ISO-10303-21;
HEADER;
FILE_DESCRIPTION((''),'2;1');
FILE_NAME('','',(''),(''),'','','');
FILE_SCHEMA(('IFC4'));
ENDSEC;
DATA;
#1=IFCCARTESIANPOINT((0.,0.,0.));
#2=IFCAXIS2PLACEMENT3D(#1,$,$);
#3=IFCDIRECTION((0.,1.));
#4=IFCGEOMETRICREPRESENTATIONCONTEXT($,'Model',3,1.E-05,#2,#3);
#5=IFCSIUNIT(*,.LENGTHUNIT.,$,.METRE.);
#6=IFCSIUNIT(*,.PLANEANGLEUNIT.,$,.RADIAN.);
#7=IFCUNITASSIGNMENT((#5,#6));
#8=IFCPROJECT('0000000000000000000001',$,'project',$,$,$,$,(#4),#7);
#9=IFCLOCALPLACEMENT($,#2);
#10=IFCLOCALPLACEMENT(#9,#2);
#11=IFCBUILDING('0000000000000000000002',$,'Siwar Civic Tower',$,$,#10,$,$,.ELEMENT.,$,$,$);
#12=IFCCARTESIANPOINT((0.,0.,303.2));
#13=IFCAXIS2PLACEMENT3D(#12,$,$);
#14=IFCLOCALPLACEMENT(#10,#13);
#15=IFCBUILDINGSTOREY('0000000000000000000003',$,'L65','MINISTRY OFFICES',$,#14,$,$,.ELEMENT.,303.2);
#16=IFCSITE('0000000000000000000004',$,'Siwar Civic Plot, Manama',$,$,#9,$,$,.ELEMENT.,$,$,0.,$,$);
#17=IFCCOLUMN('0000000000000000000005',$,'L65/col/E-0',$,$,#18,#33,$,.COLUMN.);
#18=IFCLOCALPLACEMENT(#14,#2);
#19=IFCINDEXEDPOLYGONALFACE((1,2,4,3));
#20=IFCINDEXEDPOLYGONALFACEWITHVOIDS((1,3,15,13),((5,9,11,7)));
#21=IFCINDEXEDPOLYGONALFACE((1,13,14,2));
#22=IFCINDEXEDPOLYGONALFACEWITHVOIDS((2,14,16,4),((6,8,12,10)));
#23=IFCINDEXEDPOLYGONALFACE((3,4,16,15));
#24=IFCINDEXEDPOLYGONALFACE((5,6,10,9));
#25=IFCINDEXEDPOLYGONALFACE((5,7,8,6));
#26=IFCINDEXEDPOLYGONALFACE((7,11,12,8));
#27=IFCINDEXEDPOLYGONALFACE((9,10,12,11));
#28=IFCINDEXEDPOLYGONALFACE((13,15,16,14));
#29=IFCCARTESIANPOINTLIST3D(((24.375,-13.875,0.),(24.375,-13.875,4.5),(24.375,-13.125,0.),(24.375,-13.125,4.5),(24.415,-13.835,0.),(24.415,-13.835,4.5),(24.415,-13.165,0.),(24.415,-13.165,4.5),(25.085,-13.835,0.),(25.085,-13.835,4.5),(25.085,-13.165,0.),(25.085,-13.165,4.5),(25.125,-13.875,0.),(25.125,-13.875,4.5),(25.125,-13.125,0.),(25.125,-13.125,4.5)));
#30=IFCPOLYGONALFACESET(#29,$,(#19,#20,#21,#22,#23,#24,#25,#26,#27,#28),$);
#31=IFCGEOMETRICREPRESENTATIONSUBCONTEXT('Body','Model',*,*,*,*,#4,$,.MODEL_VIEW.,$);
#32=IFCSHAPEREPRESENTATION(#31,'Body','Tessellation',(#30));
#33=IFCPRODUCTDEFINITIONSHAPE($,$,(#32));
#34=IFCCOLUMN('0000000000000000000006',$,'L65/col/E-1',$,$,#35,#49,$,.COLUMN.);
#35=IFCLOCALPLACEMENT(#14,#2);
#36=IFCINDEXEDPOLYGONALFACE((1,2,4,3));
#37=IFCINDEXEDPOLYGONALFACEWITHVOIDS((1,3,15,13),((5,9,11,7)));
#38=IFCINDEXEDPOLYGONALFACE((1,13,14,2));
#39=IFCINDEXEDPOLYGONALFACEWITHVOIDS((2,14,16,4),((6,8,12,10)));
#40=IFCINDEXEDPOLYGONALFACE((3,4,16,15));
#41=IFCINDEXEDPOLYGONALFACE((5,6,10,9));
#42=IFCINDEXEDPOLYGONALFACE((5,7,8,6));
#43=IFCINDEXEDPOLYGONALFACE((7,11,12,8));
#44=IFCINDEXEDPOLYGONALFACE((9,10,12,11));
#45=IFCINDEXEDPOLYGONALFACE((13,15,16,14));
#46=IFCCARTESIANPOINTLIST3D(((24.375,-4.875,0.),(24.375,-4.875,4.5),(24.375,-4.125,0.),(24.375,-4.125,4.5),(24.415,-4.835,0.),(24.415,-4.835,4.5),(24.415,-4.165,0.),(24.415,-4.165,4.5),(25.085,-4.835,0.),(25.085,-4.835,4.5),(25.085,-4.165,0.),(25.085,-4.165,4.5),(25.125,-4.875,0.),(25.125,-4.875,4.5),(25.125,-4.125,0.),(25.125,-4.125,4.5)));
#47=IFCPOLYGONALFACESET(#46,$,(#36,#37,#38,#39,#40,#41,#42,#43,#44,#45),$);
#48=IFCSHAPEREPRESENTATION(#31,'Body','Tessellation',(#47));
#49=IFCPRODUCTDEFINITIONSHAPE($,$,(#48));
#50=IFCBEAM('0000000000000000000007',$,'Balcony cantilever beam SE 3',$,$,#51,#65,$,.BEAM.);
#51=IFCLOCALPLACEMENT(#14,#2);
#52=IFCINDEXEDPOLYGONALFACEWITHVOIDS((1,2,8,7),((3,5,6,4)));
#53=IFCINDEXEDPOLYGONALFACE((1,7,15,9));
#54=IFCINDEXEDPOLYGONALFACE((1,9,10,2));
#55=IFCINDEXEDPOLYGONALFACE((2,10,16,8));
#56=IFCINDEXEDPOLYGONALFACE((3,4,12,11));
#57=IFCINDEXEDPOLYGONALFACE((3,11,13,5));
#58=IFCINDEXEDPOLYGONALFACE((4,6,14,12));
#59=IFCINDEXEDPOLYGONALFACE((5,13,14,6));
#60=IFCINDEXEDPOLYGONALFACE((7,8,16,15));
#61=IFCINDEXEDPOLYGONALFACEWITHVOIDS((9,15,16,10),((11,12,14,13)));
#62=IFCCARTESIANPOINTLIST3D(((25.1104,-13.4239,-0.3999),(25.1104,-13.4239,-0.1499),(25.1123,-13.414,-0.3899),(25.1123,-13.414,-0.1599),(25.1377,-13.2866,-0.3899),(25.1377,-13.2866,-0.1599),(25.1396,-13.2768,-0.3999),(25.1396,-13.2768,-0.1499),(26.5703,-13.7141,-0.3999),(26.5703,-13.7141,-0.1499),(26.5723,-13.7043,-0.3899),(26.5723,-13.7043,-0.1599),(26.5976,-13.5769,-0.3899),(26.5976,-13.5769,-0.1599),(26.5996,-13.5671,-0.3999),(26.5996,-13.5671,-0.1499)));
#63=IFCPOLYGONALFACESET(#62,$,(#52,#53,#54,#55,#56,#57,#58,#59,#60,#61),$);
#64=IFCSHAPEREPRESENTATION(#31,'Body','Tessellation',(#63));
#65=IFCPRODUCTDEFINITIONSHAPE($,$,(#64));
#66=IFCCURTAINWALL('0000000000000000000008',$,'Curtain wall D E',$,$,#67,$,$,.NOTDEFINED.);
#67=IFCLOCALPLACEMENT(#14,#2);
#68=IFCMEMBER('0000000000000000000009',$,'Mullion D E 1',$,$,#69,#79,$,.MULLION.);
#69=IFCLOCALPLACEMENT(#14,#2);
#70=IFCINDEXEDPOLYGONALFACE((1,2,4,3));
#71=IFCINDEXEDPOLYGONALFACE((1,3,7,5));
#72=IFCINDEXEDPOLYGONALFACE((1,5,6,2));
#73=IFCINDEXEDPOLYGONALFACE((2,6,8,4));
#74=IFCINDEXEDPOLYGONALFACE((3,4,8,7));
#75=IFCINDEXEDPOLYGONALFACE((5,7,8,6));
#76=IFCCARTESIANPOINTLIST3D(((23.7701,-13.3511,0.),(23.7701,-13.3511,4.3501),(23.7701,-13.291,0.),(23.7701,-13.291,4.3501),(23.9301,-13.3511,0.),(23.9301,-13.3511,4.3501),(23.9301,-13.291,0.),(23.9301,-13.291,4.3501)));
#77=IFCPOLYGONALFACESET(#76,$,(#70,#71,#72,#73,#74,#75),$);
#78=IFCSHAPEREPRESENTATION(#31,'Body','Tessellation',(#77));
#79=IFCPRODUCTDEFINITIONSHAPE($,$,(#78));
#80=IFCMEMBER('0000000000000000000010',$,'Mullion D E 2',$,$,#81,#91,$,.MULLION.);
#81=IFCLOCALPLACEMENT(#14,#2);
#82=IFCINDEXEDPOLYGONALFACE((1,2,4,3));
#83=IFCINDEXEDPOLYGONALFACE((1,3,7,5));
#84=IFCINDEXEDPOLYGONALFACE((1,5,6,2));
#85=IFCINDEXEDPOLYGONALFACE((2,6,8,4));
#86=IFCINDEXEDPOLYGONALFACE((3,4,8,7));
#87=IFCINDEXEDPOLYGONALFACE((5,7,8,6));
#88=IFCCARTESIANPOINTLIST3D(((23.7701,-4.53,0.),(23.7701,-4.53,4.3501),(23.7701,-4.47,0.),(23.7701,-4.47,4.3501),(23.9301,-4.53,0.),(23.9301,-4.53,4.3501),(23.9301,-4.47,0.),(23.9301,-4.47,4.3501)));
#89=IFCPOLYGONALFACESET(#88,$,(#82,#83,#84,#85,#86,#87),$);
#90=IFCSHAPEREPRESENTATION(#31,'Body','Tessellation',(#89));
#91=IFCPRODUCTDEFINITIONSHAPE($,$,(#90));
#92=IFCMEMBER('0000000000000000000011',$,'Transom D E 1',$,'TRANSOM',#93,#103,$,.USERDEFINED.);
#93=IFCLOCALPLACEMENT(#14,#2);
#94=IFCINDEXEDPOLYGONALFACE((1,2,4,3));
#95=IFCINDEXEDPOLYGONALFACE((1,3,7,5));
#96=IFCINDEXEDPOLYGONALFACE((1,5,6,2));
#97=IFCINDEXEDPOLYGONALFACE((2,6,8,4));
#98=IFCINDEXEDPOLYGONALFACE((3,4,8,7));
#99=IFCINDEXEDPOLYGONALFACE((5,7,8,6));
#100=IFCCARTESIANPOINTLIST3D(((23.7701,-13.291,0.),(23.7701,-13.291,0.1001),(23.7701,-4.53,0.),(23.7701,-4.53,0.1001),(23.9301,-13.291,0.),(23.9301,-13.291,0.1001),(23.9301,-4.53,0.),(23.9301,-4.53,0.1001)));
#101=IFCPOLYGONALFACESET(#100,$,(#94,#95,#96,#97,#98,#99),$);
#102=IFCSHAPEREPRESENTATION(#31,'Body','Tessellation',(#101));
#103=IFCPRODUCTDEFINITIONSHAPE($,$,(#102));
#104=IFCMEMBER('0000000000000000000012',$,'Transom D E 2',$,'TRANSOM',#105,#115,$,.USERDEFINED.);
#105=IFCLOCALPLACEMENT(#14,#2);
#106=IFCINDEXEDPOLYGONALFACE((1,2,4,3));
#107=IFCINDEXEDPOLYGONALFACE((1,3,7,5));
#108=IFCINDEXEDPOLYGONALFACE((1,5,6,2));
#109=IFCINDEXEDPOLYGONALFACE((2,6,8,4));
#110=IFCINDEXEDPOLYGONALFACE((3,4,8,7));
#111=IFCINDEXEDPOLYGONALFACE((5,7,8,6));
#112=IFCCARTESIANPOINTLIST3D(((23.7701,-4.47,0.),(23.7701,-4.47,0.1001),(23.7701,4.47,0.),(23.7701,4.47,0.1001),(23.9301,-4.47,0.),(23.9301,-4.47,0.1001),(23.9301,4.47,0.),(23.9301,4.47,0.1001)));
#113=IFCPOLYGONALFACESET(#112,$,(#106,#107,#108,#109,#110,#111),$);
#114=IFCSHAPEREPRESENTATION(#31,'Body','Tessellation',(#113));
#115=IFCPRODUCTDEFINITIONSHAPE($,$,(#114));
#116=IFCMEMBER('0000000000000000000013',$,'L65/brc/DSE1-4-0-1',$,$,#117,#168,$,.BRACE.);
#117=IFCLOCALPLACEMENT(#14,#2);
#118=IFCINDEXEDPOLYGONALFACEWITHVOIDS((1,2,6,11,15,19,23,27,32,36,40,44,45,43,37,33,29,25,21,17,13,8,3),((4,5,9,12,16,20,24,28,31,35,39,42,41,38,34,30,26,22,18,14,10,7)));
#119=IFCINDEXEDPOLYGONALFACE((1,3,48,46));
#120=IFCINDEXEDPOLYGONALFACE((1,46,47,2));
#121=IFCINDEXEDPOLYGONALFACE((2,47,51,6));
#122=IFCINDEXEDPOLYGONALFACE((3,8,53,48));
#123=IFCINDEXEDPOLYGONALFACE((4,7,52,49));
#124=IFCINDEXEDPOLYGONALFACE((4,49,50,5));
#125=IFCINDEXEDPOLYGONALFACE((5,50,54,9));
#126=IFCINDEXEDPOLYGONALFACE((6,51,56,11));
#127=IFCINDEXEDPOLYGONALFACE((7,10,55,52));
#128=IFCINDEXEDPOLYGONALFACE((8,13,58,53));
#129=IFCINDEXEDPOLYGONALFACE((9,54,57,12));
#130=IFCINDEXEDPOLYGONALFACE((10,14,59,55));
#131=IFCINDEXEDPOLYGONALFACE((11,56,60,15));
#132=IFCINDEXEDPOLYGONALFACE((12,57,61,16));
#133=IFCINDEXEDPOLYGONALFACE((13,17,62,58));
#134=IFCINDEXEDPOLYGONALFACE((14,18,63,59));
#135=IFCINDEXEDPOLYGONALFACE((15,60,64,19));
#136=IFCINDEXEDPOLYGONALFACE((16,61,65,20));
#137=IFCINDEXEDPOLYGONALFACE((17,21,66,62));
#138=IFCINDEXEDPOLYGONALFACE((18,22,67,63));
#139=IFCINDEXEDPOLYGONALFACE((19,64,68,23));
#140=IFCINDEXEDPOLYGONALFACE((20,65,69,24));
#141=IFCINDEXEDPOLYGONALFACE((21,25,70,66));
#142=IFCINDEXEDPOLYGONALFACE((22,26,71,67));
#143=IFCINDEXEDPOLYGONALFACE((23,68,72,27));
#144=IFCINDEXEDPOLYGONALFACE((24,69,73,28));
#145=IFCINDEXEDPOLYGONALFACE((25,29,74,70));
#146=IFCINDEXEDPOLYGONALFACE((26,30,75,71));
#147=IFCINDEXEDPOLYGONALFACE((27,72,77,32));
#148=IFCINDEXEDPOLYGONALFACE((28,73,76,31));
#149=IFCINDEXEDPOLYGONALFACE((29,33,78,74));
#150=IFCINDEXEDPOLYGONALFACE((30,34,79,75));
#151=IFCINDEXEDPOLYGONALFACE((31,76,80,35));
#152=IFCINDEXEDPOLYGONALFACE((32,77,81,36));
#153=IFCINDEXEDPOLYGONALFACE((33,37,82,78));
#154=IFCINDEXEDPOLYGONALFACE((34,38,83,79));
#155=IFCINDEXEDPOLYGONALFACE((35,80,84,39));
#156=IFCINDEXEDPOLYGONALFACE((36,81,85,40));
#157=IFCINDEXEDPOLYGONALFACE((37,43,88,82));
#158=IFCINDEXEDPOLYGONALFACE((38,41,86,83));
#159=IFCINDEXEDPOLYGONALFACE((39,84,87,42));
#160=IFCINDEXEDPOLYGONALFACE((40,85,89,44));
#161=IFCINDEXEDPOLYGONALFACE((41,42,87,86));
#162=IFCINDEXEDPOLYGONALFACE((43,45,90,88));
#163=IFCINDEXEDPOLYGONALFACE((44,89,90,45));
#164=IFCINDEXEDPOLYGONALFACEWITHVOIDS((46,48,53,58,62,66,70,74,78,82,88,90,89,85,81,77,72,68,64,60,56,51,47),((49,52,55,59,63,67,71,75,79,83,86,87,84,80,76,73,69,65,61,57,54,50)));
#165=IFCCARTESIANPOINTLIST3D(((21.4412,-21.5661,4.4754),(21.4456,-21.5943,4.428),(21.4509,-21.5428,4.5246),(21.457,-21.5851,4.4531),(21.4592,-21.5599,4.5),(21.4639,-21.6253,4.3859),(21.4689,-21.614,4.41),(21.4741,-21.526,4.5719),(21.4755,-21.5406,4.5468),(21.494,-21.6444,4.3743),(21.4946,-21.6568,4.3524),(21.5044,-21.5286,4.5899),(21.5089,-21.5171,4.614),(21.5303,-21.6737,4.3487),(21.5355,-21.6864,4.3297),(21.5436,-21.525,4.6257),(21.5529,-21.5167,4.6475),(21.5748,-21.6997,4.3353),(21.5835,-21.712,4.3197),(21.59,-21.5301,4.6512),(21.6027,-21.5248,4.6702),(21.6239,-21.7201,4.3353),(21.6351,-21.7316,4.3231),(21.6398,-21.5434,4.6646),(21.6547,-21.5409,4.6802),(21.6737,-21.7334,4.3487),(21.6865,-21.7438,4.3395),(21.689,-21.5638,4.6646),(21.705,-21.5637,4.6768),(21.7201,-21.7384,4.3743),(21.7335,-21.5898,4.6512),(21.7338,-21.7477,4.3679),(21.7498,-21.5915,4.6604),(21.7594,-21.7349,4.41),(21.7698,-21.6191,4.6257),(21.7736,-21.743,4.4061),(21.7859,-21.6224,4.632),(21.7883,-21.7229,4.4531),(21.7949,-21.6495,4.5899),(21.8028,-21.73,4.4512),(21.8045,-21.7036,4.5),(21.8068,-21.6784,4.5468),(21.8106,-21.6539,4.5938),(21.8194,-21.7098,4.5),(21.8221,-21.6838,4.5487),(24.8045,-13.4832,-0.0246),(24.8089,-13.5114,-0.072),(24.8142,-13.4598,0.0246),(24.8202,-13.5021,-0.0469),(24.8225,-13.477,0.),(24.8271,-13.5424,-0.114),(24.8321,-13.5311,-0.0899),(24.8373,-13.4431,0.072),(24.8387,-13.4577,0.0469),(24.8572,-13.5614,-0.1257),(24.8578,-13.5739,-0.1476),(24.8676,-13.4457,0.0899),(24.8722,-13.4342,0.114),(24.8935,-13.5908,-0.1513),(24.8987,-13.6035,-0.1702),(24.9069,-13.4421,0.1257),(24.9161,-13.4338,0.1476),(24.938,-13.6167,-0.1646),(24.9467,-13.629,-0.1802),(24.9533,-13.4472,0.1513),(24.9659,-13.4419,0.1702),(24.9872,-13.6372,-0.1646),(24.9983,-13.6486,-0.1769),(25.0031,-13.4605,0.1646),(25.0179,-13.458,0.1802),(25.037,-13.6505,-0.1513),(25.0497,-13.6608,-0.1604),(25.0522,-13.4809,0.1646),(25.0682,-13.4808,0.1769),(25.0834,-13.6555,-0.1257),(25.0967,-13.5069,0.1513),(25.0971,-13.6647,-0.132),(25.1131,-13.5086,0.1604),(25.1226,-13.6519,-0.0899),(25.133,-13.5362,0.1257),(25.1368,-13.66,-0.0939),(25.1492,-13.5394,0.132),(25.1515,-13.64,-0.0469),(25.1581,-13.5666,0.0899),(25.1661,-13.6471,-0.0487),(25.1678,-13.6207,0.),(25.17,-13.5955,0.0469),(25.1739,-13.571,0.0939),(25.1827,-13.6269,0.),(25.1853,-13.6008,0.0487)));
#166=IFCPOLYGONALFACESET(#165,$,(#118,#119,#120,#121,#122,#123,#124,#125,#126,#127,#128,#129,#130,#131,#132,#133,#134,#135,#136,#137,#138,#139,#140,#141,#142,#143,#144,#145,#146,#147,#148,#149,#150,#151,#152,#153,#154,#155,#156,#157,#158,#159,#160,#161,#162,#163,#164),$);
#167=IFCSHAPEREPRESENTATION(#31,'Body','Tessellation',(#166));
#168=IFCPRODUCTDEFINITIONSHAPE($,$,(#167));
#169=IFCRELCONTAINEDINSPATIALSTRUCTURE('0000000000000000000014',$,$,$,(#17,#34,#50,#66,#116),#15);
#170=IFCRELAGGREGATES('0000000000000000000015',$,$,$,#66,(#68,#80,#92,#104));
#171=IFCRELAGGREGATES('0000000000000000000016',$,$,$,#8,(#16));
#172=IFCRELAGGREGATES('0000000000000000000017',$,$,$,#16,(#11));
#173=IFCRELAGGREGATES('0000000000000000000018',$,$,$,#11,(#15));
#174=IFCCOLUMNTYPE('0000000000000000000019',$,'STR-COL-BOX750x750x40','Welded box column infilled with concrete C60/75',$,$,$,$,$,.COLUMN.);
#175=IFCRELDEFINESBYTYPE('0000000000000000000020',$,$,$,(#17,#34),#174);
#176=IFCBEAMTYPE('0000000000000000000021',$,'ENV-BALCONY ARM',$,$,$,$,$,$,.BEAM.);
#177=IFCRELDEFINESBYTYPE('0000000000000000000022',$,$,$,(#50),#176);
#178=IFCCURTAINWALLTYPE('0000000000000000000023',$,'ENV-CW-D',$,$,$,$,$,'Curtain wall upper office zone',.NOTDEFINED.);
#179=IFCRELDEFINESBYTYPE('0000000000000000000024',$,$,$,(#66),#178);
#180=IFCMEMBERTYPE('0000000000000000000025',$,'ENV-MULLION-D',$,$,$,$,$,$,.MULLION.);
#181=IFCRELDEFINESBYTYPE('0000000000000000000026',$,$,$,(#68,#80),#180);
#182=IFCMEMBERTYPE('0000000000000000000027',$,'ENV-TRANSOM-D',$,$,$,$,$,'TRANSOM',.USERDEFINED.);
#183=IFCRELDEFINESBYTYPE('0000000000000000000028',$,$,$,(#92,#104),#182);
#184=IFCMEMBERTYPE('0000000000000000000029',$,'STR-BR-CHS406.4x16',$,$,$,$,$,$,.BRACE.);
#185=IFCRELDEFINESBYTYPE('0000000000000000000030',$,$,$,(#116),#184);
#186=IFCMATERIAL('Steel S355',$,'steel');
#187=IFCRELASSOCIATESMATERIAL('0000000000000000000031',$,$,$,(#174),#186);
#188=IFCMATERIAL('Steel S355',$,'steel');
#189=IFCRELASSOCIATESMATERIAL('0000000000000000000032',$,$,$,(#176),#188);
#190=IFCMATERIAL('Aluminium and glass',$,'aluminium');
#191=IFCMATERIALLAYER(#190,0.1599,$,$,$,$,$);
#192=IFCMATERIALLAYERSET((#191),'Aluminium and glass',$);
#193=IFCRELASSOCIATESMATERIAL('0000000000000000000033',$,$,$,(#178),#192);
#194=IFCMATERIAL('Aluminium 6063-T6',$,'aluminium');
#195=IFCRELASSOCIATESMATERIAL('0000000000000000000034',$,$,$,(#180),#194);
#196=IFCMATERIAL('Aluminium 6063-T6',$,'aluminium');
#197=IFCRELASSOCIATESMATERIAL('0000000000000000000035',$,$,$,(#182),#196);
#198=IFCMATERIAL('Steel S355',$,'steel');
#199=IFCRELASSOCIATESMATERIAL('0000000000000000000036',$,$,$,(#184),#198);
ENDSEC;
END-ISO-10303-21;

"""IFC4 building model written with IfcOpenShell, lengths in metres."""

from ifc_helpers import new_model, si_unit, direction, frame, origin, origin_2d, place, context, subcontext, project, spatial, rectangle, hollow_rectangle, hollow_circle, extrude, material, layer, layer_set, material_profile, profile_set, type_object, element, aggregate, save


model = new_model("IFC4")

# Units and contexts
model_context = context("Model", 3, precision=1e-05, world=origin(), true_north=direction((0.0, 1.0)))
body_context = subcontext(model_context, "Body", "Model", "MODEL_VIEW")
ifc_project = project(units=[si_unit("LENGTHUNIT", "METRE"), si_unit("PLANEANGLEUNIT", "RADIAN")], contexts=[model_context])

# Site, building, storey
site_placement = place(None, origin())
site = spatial("IfcSite", under=ifc_project, at=site_placement, Name="Siwar Civic Plot, Manama", CompositionType="ELEMENT", RefElevation=0.0)
building_placement = place(site_placement, origin())
building = spatial("IfcBuilding", under=site, at=building_placement, Name="Siwar Civic Tower", CompositionType="ELEMENT")
storey_placement = place(building_placement, frame((0.0, 0.0, 303.2)))
storey = spatial("IfcBuildingStorey", under=building, at=storey_placement, Name="L65", Description="MINISTRY OFFICES", CompositionType="ELEMENT", Elevation=303.2)

# Columns
ifc_material_1 = material(Name="Steel S355", Category="steel")
ifc_material_profile_1 = material_profile(ifc_material_1, hollow_rectangle(XDim=0.75, YDim=0.75, WallThickness=0.04, at=origin_2d()), Name="BOX750x750x40")
ifc_profile_set_1 = profile_set([ifc_material_profile_1], Name="Steel S355")
column_type = type_object("IfcColumnType", Name="STR-COL-BOX750x750x40", Description="Welded box column infilled with concrete C60/75", PredefinedType="COLUMN", material=ifc_profile_set_1)
for number, where, z_axis, x_axis, name in (
    (1, (24.75, -13.5, 0.0), (0.0, 0.0, 1.0), (1.0, 0.0, 0.0), "L65/col/E-0"),
    (2, (24.75, -4.5, 0.0), (0.0, 0.0, 1.0), (1.0, 0.0, 0.0), "L65/col/E-1"),
):
    element("IfcColumn", number, at=place(storey_placement, frame(where, z_axis=z_axis, x_axis=x_axis)), inside=storey, type_object=column_type, Name=name, PredefinedType="COLUMN", context=body_context, shape_type="SweptSolid", body=[
        extrude(hollow_rectangle(XDim=0.75, YDim=0.75, WallThickness=0.04, at=origin_2d()), origin(), (0.0, 0.0, 1.0), 4.5),
    ])

# Beam
ifc_material_2 = material(Name="Steel S355", Category="steel")
ifc_material_profile_2 = material_profile(ifc_material_2, hollow_rectangle(XDim=0.1499, YDim=0.25, WallThickness=0.01, at=origin_2d()), Name="RHS250x150x10")
ifc_profile_set_2 = profile_set([ifc_material_profile_2], Name="Steel S355")
beam_type_1 = type_object("IfcBeamType", Name="ENV-BALCONY ARM", PredefinedType="BEAM", material=ifc_profile_set_2)
beam_placement = place(storey_placement, frame((25.125, -13.3503, -0.2749), z_axis=(0.980801, -0.195012, 0.0), x_axis=(0.195012, 0.980801, 0.0)))
element("IfcBeam", 3, at=beam_placement, inside=storey, type_object=beam_type_1, Name="Balcony cantilever beam SE 3", PredefinedType="BEAM", context=body_context, shape_type="SweptSolid", body=[
    extrude(hollow_rectangle(XDim=0.1499, YDim=0.25, WallThickness=0.01, at=origin_2d()), origin(), (0.0, 0.0, 1.0), 1.4885),
])

# Curtain wall, members
ifc_material_3 = material(Name="Aluminium and glass", Category="aluminium")
ifc_layer_1 = layer(ifc_material_3, 0.1599)
ifc_layer_set_1 = layer_set([ifc_layer_1], Name="Aluminium and glass")
curtain_wall_type = type_object("IfcCurtainWallType", Name="ENV-CW-D", ElementType="Curtain wall upper office zone", PredefinedType="NOTDEFINED", material=ifc_layer_set_1)
curtain_wall_placement = place(storey_placement, origin())
curtain_wall = element("IfcCurtainWall", 4, at=curtain_wall_placement, inside=storey, type_object=curtain_wall_type, Name="Curtain wall D E", PredefinedType="NOTDEFINED")
ifc_material_4 = material(Name="Aluminium 6063-T6", Category="aluminium")
ifc_material_profile_3 = material_profile(ifc_material_4, rectangle(XDim=0.1599, YDim=0.0601, at=origin_2d()), Name="AL 160x60")
ifc_profile_set_3 = profile_set([ifc_material_profile_3], Name="Aluminium 6063-T6")
member_type_1 = type_object("IfcMemberType", Name="ENV-MULLION-D", PredefinedType="MULLION", material=ifc_profile_set_3)
member_1_placement = place(storey_placement, frame((23.8501, -13.321, 0.0), z_axis=(0.0, 0.0, 1.0), x_axis=(-1.0, 0.0, 0.0)))
member_1 = element("IfcMember", 5, at=member_1_placement, type_object=member_type_1, Name="Mullion D E 1", PredefinedType="MULLION", context=body_context, shape_type="SweptSolid", body=[
    extrude(rectangle(XDim=0.1599, YDim=0.0601, at=origin_2d()), origin(), (0.0, 0.0, 1.0), 4.3501),
])
member_2_placement = place(storey_placement, frame((23.8501, -4.5, 0.0), z_axis=(0.0, 0.0, 1.0), x_axis=(-1.0, 0.0, 0.0)))
member_2 = element("IfcMember", 6, at=member_2_placement, type_object=member_type_1, Name="Mullion D E 2", PredefinedType="MULLION", context=body_context, shape_type="SweptSolid", body=[
    extrude(rectangle(XDim=0.1599, YDim=0.0601, at=origin_2d()), origin(), (0.0, 0.0, 1.0), 4.3501),
])
ifc_material_5 = material(Name="Aluminium 6063-T6", Category="aluminium")
ifc_material_profile_4 = material_profile(ifc_material_5, rectangle(XDim=0.1599, YDim=0.1001, at=origin_2d()), Name="AL 160x100")
ifc_profile_set_4 = profile_set([ifc_material_profile_4], Name="Aluminium 6063-T6")
member_type_2 = type_object("IfcMemberType", Name="ENV-TRANSOM-D", ElementType="TRANSOM", PredefinedType="USERDEFINED", material=ifc_profile_set_4)
member_3_placement = place(storey_placement, frame((23.8501, -13.291, 0.05), z_axis=(0.0, 1.0, 0.0), x_axis=(-1.0, 0.0, 0.0)))
member_3 = element("IfcMember", 7, at=member_3_placement, type_object=member_type_2, Name="Transom D E 1", ObjectType="TRANSOM", PredefinedType="USERDEFINED", context=body_context, shape_type="SweptSolid", body=[
    extrude(rectangle(XDim=0.1599, YDim=0.1001, at=origin_2d()), origin(), (0.0, 0.0, 1.0), 8.761),
])
member_4_placement = place(storey_placement, frame((23.8501, -4.47, 0.05), z_axis=(0.0, 1.0, 0.0), x_axis=(-1.0, 0.0, 0.0)))
member_4 = element("IfcMember", 8, at=member_4_placement, type_object=member_type_2, Name="Transom D E 2", ObjectType="TRANSOM", PredefinedType="USERDEFINED", context=body_context, shape_type="SweptSolid", body=[
    extrude(rectangle(XDim=0.1599, YDim=0.1001, at=origin_2d()), origin(), (0.0, 0.0, 1.0), 8.9399),
])

# Member
ifc_material_6 = material(Name="Steel S355", Category="steel")
ifc_material_profile_5 = material_profile(ifc_material_6, hollow_circle(Radius=0.2031, WallThickness=0.0161, at=origin_2d()), Name="CHS406.4x16")
ifc_profile_set_5 = profile_set([ifc_material_profile_5], Name="Steel S355")
member_type_3 = type_object("IfcMemberType", Name="STR-BR-CHS406.4x16", PredefinedType="BRACE", material=ifc_profile_set_5)
member_5_placement = place(storey_placement, frame((24.9951, -13.5488, 0.0), z_axis=(-0.341671, -0.821143, 0.457149), x_axis=(0.923265, -0.384164, 0.0)))
element("IfcMember", 9, at=member_5_placement, inside=storey, type_object=member_type_3, Name="L65/brc/DSE1-4-0-1", PredefinedType="BRACE", context=body_context, shape_type="SweptSolid", body=[
    extrude(hollow_circle(Radius=0.2031, WallThickness=0.0161, at=origin_2d()), origin(), (0.0, 0.0, 1.0), 9.8435),
])

aggregate(curtain_wall, [member_1, member_2, member_3, member_4])

save(model, "model.ifc")
